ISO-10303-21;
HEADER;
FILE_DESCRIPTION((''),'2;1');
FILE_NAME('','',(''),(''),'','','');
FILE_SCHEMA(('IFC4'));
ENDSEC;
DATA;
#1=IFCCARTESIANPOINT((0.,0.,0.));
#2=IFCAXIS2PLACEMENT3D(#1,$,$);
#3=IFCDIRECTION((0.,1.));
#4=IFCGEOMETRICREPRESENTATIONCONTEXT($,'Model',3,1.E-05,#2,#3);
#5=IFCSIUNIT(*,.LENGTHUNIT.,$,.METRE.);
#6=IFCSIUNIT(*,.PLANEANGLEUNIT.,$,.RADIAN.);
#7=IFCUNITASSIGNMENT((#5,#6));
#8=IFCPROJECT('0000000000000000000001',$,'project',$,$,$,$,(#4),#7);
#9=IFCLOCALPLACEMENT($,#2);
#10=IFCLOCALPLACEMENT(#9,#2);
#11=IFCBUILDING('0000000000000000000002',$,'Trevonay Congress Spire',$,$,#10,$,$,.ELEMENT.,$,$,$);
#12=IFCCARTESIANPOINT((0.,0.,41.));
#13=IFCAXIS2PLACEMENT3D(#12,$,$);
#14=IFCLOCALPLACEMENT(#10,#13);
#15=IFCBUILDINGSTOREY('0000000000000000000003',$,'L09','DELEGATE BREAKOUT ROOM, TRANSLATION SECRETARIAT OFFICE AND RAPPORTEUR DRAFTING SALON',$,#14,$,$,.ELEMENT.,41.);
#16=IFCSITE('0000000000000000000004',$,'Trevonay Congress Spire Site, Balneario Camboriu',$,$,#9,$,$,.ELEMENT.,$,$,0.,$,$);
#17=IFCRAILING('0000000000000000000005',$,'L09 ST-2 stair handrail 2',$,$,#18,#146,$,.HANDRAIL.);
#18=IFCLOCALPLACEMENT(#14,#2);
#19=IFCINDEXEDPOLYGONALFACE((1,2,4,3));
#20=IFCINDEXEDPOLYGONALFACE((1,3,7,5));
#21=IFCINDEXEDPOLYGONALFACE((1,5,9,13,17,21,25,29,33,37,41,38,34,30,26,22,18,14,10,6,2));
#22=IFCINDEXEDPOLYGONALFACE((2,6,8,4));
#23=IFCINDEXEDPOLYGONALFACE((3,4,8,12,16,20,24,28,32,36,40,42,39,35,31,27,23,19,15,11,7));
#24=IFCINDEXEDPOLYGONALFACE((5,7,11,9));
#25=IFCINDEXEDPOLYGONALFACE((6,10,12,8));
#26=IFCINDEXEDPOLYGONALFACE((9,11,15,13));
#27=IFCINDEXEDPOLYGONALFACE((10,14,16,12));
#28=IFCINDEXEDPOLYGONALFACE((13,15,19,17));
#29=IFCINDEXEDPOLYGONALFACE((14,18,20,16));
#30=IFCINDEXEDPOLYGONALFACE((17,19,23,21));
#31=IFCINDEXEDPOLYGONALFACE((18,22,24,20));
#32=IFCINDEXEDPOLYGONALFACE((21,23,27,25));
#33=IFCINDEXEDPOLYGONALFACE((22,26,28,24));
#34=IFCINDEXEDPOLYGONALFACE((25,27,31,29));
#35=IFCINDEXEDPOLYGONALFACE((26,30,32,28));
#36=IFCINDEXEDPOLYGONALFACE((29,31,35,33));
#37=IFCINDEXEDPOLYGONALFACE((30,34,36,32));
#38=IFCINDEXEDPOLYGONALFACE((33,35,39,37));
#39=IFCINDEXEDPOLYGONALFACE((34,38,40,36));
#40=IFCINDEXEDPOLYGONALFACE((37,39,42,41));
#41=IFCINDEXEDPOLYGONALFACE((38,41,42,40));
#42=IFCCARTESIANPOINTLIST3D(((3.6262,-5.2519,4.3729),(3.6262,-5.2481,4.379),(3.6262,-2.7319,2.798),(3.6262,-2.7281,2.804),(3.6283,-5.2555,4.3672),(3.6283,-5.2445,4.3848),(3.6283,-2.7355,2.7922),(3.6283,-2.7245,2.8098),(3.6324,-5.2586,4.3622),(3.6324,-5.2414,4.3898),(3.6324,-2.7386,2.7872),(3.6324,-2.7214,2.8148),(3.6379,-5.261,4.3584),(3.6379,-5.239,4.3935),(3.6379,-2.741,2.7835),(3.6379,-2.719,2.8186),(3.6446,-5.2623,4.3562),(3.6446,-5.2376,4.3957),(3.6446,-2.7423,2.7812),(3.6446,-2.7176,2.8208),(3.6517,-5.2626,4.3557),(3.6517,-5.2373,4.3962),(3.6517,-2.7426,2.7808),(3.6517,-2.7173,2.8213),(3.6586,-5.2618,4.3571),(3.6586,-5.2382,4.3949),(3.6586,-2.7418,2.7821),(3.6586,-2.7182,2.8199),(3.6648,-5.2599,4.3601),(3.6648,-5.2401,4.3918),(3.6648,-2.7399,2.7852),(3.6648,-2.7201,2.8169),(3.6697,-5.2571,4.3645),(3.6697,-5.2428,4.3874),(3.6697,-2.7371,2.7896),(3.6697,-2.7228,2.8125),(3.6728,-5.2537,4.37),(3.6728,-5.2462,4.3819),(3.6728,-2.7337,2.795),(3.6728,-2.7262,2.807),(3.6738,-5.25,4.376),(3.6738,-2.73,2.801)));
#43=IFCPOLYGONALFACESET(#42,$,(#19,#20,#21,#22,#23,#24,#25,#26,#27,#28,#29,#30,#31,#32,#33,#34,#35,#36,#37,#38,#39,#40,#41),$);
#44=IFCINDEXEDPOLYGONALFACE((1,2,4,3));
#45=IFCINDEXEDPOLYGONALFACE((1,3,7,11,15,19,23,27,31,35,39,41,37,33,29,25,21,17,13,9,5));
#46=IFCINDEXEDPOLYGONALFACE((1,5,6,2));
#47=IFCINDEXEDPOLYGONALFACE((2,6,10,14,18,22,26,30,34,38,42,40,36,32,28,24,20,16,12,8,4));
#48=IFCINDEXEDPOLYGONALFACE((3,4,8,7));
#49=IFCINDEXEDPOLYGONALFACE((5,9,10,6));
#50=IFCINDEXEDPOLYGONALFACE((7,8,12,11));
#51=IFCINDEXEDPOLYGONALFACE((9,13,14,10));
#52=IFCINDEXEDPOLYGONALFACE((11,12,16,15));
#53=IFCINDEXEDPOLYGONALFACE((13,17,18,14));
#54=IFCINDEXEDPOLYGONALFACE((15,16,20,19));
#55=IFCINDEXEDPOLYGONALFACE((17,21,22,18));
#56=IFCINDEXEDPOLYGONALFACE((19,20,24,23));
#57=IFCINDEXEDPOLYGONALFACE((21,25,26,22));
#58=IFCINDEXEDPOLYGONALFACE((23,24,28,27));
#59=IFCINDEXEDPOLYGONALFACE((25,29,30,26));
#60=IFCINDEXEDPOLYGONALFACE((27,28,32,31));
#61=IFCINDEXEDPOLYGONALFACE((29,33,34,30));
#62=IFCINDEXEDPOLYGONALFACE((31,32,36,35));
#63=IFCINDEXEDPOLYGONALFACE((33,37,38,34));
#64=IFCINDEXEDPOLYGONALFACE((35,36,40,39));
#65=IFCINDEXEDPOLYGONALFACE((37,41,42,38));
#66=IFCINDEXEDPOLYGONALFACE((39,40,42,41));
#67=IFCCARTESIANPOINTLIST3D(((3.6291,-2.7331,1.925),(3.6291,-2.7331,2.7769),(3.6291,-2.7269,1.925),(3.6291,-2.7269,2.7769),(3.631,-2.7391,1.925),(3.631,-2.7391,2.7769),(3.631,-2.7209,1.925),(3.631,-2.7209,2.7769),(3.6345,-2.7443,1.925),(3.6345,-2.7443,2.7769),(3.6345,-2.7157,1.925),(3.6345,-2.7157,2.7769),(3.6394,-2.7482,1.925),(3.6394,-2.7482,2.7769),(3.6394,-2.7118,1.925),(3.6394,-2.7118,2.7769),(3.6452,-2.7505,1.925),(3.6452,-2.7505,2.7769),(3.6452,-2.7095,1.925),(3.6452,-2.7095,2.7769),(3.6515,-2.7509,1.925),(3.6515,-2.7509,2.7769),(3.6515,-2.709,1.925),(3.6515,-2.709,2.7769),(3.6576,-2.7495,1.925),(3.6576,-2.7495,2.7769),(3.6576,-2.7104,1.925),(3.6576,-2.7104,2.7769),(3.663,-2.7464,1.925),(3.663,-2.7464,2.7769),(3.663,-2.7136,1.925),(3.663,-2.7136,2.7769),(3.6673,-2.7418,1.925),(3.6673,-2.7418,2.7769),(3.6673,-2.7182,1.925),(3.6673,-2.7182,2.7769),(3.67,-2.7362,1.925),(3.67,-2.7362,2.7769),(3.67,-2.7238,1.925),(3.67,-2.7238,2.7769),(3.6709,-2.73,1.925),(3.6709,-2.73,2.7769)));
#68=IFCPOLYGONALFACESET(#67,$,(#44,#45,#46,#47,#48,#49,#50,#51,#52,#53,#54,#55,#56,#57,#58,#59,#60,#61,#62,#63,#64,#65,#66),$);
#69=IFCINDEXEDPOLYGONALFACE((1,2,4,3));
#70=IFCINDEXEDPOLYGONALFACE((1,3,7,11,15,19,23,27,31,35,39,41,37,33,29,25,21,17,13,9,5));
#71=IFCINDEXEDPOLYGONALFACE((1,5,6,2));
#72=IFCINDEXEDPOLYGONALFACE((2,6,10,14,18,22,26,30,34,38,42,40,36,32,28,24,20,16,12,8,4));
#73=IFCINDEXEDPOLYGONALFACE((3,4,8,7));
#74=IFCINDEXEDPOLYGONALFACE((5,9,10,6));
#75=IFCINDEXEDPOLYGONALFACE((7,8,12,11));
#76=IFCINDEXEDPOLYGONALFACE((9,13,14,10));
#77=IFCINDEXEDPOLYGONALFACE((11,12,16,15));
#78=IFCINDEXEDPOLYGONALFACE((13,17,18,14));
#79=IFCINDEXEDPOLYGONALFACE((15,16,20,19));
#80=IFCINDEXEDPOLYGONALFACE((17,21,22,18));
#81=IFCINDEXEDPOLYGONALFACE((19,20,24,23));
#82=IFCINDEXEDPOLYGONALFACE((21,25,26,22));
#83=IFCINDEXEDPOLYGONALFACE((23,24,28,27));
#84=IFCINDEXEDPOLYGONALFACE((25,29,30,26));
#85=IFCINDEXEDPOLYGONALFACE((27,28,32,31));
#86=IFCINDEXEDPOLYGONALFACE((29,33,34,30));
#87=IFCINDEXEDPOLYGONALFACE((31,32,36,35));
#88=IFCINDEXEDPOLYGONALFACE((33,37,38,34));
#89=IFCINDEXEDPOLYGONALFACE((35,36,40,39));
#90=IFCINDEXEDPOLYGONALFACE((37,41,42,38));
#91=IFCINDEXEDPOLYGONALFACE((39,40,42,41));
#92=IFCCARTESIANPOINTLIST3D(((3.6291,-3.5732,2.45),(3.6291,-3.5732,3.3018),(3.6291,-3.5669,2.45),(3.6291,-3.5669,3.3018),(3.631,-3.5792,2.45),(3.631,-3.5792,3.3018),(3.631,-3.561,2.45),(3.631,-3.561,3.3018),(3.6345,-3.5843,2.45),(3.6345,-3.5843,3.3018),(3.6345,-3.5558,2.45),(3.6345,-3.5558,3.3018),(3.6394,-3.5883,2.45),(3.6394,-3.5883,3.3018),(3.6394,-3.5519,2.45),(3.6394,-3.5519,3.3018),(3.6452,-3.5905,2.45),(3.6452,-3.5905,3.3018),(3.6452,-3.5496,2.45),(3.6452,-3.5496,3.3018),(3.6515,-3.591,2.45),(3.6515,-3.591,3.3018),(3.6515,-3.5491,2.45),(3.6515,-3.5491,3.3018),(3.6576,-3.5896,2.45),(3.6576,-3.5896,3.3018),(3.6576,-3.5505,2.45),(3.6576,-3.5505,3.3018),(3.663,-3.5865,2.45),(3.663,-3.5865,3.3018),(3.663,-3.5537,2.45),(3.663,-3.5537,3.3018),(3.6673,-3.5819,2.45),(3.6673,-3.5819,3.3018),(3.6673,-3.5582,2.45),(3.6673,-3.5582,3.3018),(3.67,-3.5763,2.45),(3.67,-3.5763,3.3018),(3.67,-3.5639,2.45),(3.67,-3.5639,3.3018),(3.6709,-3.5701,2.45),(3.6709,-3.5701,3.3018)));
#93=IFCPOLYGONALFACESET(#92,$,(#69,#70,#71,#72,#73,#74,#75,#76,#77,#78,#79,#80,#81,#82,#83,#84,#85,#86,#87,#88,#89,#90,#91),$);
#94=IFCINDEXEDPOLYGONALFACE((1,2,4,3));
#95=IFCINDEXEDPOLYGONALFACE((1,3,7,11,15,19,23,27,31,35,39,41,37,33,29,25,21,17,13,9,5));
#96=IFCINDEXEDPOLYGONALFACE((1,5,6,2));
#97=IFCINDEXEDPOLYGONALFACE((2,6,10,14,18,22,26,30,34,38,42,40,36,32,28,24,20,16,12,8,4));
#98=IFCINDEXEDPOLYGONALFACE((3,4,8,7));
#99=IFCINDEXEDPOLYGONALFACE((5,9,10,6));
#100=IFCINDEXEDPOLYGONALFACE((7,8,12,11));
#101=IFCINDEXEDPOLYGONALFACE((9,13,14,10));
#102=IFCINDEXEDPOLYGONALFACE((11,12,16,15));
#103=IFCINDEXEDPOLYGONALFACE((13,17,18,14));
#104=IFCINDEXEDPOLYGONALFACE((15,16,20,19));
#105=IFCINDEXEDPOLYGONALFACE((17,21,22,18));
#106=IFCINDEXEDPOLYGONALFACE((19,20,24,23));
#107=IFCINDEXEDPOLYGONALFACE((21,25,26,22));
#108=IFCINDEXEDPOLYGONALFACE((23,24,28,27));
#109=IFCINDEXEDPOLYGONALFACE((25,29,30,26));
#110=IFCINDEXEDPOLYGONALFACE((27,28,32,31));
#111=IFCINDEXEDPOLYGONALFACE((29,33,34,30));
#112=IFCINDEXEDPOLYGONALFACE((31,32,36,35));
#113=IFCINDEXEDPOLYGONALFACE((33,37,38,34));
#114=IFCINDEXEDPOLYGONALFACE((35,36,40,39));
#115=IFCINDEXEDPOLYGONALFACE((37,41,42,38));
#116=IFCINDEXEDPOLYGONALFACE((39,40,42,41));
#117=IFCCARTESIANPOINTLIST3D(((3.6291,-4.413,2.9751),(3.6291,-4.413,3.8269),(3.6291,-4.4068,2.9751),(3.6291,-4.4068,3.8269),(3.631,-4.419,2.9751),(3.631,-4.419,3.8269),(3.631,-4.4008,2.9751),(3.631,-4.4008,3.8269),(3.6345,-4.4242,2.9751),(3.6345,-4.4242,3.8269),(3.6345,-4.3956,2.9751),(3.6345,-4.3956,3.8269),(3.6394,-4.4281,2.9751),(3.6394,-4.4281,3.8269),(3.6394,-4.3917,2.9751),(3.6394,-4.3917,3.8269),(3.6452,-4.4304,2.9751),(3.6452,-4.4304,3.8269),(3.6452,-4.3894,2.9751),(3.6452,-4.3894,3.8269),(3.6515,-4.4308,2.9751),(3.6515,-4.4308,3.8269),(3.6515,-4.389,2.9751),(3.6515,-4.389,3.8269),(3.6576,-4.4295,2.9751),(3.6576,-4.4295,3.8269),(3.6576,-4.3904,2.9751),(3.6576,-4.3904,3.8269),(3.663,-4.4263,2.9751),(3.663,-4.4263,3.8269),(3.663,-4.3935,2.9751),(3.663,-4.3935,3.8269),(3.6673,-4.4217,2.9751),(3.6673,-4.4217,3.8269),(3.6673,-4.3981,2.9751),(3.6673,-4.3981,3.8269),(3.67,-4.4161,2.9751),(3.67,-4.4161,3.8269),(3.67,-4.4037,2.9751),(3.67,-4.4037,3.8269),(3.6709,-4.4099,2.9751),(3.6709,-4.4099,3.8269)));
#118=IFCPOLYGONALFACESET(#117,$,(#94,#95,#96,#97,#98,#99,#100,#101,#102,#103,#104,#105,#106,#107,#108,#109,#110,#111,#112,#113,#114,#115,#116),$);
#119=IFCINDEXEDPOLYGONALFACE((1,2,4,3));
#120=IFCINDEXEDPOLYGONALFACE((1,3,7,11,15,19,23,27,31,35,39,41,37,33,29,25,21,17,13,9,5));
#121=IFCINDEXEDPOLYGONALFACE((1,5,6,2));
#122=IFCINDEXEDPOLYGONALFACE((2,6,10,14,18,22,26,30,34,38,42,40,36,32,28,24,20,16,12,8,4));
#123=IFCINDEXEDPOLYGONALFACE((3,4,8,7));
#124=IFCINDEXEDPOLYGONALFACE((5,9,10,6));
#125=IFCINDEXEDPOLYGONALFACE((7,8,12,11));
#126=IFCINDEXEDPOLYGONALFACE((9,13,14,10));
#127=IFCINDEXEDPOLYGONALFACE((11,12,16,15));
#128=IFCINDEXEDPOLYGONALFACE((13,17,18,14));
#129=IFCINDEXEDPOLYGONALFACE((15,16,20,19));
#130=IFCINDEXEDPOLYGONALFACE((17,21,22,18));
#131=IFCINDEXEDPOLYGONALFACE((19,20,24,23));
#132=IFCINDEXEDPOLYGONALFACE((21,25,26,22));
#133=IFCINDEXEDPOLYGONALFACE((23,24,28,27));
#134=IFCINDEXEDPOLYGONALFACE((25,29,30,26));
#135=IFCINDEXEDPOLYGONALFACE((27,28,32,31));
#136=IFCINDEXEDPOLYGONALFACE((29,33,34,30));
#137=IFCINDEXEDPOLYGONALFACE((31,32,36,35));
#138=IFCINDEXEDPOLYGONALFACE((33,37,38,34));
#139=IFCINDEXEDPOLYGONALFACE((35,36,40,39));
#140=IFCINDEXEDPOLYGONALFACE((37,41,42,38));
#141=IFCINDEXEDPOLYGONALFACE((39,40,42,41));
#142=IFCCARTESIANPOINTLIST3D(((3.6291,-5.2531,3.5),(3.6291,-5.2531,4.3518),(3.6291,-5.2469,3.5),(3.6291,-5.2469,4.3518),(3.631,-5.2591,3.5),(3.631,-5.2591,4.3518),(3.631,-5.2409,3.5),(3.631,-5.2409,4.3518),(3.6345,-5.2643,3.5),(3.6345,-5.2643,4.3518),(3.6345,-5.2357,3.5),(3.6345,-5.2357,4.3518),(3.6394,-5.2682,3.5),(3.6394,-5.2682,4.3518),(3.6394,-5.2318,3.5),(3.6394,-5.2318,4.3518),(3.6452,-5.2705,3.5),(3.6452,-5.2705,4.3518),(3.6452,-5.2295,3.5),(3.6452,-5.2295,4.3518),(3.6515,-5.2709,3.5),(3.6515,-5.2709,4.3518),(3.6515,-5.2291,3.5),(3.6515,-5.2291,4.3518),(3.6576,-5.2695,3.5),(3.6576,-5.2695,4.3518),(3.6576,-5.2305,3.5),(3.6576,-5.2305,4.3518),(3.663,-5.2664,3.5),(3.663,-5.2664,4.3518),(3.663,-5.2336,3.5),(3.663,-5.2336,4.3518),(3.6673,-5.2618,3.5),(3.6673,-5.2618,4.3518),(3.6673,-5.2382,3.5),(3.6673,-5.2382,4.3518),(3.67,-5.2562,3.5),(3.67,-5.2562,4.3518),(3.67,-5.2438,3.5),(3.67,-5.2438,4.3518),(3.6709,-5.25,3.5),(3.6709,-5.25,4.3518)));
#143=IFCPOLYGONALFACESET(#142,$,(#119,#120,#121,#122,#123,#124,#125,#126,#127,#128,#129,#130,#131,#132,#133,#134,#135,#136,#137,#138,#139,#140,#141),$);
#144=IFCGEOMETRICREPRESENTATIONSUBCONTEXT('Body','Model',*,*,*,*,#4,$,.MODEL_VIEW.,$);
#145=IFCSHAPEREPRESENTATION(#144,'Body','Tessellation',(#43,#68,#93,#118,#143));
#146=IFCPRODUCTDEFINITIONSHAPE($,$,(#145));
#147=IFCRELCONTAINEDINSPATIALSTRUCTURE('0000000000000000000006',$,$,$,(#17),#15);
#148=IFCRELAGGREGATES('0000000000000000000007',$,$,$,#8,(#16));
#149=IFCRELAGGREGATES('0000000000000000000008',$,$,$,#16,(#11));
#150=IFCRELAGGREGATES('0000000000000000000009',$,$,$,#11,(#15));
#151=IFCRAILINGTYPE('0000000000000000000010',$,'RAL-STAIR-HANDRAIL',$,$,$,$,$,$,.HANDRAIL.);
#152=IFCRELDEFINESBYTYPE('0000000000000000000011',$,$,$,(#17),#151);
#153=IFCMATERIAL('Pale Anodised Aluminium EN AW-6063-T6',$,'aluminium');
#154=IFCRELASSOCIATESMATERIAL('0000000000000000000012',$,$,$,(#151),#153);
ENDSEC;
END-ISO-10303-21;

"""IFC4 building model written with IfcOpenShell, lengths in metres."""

from ifc_helpers import new_model, si_unit, direction, frame, origin, origin_2d, place, context, subcontext, project, spatial, circle, extrude, material, type_object, element, save


model = new_model("IFC4")

# Units and contexts
model_context = context("Model", 3, precision=1e-05, world=origin(), true_north=direction((0.0, 1.0)))
body_context = subcontext(model_context, "Body", "Model", "MODEL_VIEW")
ifc_project = project(units=[si_unit("LENGTHUNIT", "METRE"), si_unit("PLANEANGLEUNIT", "RADIAN")], contexts=[model_context])

# Site, building, storey
site_placement = place(None, origin())
site = spatial("IfcSite", under=ifc_project, at=site_placement, Name="Trevonay Congress Spire Site, Balneario Camboriu", CompositionType="ELEMENT", RefElevation=0.0)
building_placement = place(site_placement, origin())
building = spatial("IfcBuilding", under=site, at=building_placement, Name="Trevonay Congress Spire", CompositionType="ELEMENT")
storey_placement = place(building_placement, frame((0.0, 0.0, 41.0)))
storey = spatial("IfcBuildingStorey", under=building, at=storey_placement, Name="L09", Description="DELEGATE BREAKOUT ROOM, TRANSLATION SECRETARIAT OFFICE AND RAPPORTEUR DRAFTING SALON", CompositionType="ELEMENT", Elevation=41.0)

# Railing
ifc_material_1 = material(Name="Pale Anodised Aluminium EN AW-6063-T6", Category="aluminium")
railing_type_1 = type_object("IfcRailingType", Name="RAL-STAIR-HANDRAIL", PredefinedType="HANDRAIL", material=ifc_material_1)
railing_1_placement = place(storey_placement, frame((3.6499, -2.73, 1.925)))
element("IfcRailing", 1, at=railing_1_placement, inside=storey, type_object=railing_type_1, Name="L09 ST-2 stair handrail 2", PredefinedType="HANDRAIL", context=body_context, shape_type="SweptSolid", body=[
    extrude(circle(Radius=0.0239, at=origin_2d()), frame((0.0, 0.0, 0.876), z_axis=(0.0, -0.848008, 0.529984), x_axis=(1.0, 0.0, 0.0)), (0.0, 0.0, 1.0), 2.9717),
    extrude(circle(Radius=0.021, at=origin_2d()), origin(), (0.0, 0.0, 1.0), 0.8518),
    extrude(circle(Radius=0.021, at=origin_2d()), frame((0.0, -0.8401, 0.5249)), (0.0, 0.0, 1.0), 0.8518),
    extrude(circle(Radius=0.021, at=origin_2d()), frame((0.0, -1.6799, 1.05)), (0.0, 0.0, 1.0), 0.8518),
    extrude(circle(Radius=0.021, at=origin_2d()), frame((0.0, -2.52, 1.575)), (0.0, 0.0, 1.0), 0.8518),
])

save(model, "model.ifc")
